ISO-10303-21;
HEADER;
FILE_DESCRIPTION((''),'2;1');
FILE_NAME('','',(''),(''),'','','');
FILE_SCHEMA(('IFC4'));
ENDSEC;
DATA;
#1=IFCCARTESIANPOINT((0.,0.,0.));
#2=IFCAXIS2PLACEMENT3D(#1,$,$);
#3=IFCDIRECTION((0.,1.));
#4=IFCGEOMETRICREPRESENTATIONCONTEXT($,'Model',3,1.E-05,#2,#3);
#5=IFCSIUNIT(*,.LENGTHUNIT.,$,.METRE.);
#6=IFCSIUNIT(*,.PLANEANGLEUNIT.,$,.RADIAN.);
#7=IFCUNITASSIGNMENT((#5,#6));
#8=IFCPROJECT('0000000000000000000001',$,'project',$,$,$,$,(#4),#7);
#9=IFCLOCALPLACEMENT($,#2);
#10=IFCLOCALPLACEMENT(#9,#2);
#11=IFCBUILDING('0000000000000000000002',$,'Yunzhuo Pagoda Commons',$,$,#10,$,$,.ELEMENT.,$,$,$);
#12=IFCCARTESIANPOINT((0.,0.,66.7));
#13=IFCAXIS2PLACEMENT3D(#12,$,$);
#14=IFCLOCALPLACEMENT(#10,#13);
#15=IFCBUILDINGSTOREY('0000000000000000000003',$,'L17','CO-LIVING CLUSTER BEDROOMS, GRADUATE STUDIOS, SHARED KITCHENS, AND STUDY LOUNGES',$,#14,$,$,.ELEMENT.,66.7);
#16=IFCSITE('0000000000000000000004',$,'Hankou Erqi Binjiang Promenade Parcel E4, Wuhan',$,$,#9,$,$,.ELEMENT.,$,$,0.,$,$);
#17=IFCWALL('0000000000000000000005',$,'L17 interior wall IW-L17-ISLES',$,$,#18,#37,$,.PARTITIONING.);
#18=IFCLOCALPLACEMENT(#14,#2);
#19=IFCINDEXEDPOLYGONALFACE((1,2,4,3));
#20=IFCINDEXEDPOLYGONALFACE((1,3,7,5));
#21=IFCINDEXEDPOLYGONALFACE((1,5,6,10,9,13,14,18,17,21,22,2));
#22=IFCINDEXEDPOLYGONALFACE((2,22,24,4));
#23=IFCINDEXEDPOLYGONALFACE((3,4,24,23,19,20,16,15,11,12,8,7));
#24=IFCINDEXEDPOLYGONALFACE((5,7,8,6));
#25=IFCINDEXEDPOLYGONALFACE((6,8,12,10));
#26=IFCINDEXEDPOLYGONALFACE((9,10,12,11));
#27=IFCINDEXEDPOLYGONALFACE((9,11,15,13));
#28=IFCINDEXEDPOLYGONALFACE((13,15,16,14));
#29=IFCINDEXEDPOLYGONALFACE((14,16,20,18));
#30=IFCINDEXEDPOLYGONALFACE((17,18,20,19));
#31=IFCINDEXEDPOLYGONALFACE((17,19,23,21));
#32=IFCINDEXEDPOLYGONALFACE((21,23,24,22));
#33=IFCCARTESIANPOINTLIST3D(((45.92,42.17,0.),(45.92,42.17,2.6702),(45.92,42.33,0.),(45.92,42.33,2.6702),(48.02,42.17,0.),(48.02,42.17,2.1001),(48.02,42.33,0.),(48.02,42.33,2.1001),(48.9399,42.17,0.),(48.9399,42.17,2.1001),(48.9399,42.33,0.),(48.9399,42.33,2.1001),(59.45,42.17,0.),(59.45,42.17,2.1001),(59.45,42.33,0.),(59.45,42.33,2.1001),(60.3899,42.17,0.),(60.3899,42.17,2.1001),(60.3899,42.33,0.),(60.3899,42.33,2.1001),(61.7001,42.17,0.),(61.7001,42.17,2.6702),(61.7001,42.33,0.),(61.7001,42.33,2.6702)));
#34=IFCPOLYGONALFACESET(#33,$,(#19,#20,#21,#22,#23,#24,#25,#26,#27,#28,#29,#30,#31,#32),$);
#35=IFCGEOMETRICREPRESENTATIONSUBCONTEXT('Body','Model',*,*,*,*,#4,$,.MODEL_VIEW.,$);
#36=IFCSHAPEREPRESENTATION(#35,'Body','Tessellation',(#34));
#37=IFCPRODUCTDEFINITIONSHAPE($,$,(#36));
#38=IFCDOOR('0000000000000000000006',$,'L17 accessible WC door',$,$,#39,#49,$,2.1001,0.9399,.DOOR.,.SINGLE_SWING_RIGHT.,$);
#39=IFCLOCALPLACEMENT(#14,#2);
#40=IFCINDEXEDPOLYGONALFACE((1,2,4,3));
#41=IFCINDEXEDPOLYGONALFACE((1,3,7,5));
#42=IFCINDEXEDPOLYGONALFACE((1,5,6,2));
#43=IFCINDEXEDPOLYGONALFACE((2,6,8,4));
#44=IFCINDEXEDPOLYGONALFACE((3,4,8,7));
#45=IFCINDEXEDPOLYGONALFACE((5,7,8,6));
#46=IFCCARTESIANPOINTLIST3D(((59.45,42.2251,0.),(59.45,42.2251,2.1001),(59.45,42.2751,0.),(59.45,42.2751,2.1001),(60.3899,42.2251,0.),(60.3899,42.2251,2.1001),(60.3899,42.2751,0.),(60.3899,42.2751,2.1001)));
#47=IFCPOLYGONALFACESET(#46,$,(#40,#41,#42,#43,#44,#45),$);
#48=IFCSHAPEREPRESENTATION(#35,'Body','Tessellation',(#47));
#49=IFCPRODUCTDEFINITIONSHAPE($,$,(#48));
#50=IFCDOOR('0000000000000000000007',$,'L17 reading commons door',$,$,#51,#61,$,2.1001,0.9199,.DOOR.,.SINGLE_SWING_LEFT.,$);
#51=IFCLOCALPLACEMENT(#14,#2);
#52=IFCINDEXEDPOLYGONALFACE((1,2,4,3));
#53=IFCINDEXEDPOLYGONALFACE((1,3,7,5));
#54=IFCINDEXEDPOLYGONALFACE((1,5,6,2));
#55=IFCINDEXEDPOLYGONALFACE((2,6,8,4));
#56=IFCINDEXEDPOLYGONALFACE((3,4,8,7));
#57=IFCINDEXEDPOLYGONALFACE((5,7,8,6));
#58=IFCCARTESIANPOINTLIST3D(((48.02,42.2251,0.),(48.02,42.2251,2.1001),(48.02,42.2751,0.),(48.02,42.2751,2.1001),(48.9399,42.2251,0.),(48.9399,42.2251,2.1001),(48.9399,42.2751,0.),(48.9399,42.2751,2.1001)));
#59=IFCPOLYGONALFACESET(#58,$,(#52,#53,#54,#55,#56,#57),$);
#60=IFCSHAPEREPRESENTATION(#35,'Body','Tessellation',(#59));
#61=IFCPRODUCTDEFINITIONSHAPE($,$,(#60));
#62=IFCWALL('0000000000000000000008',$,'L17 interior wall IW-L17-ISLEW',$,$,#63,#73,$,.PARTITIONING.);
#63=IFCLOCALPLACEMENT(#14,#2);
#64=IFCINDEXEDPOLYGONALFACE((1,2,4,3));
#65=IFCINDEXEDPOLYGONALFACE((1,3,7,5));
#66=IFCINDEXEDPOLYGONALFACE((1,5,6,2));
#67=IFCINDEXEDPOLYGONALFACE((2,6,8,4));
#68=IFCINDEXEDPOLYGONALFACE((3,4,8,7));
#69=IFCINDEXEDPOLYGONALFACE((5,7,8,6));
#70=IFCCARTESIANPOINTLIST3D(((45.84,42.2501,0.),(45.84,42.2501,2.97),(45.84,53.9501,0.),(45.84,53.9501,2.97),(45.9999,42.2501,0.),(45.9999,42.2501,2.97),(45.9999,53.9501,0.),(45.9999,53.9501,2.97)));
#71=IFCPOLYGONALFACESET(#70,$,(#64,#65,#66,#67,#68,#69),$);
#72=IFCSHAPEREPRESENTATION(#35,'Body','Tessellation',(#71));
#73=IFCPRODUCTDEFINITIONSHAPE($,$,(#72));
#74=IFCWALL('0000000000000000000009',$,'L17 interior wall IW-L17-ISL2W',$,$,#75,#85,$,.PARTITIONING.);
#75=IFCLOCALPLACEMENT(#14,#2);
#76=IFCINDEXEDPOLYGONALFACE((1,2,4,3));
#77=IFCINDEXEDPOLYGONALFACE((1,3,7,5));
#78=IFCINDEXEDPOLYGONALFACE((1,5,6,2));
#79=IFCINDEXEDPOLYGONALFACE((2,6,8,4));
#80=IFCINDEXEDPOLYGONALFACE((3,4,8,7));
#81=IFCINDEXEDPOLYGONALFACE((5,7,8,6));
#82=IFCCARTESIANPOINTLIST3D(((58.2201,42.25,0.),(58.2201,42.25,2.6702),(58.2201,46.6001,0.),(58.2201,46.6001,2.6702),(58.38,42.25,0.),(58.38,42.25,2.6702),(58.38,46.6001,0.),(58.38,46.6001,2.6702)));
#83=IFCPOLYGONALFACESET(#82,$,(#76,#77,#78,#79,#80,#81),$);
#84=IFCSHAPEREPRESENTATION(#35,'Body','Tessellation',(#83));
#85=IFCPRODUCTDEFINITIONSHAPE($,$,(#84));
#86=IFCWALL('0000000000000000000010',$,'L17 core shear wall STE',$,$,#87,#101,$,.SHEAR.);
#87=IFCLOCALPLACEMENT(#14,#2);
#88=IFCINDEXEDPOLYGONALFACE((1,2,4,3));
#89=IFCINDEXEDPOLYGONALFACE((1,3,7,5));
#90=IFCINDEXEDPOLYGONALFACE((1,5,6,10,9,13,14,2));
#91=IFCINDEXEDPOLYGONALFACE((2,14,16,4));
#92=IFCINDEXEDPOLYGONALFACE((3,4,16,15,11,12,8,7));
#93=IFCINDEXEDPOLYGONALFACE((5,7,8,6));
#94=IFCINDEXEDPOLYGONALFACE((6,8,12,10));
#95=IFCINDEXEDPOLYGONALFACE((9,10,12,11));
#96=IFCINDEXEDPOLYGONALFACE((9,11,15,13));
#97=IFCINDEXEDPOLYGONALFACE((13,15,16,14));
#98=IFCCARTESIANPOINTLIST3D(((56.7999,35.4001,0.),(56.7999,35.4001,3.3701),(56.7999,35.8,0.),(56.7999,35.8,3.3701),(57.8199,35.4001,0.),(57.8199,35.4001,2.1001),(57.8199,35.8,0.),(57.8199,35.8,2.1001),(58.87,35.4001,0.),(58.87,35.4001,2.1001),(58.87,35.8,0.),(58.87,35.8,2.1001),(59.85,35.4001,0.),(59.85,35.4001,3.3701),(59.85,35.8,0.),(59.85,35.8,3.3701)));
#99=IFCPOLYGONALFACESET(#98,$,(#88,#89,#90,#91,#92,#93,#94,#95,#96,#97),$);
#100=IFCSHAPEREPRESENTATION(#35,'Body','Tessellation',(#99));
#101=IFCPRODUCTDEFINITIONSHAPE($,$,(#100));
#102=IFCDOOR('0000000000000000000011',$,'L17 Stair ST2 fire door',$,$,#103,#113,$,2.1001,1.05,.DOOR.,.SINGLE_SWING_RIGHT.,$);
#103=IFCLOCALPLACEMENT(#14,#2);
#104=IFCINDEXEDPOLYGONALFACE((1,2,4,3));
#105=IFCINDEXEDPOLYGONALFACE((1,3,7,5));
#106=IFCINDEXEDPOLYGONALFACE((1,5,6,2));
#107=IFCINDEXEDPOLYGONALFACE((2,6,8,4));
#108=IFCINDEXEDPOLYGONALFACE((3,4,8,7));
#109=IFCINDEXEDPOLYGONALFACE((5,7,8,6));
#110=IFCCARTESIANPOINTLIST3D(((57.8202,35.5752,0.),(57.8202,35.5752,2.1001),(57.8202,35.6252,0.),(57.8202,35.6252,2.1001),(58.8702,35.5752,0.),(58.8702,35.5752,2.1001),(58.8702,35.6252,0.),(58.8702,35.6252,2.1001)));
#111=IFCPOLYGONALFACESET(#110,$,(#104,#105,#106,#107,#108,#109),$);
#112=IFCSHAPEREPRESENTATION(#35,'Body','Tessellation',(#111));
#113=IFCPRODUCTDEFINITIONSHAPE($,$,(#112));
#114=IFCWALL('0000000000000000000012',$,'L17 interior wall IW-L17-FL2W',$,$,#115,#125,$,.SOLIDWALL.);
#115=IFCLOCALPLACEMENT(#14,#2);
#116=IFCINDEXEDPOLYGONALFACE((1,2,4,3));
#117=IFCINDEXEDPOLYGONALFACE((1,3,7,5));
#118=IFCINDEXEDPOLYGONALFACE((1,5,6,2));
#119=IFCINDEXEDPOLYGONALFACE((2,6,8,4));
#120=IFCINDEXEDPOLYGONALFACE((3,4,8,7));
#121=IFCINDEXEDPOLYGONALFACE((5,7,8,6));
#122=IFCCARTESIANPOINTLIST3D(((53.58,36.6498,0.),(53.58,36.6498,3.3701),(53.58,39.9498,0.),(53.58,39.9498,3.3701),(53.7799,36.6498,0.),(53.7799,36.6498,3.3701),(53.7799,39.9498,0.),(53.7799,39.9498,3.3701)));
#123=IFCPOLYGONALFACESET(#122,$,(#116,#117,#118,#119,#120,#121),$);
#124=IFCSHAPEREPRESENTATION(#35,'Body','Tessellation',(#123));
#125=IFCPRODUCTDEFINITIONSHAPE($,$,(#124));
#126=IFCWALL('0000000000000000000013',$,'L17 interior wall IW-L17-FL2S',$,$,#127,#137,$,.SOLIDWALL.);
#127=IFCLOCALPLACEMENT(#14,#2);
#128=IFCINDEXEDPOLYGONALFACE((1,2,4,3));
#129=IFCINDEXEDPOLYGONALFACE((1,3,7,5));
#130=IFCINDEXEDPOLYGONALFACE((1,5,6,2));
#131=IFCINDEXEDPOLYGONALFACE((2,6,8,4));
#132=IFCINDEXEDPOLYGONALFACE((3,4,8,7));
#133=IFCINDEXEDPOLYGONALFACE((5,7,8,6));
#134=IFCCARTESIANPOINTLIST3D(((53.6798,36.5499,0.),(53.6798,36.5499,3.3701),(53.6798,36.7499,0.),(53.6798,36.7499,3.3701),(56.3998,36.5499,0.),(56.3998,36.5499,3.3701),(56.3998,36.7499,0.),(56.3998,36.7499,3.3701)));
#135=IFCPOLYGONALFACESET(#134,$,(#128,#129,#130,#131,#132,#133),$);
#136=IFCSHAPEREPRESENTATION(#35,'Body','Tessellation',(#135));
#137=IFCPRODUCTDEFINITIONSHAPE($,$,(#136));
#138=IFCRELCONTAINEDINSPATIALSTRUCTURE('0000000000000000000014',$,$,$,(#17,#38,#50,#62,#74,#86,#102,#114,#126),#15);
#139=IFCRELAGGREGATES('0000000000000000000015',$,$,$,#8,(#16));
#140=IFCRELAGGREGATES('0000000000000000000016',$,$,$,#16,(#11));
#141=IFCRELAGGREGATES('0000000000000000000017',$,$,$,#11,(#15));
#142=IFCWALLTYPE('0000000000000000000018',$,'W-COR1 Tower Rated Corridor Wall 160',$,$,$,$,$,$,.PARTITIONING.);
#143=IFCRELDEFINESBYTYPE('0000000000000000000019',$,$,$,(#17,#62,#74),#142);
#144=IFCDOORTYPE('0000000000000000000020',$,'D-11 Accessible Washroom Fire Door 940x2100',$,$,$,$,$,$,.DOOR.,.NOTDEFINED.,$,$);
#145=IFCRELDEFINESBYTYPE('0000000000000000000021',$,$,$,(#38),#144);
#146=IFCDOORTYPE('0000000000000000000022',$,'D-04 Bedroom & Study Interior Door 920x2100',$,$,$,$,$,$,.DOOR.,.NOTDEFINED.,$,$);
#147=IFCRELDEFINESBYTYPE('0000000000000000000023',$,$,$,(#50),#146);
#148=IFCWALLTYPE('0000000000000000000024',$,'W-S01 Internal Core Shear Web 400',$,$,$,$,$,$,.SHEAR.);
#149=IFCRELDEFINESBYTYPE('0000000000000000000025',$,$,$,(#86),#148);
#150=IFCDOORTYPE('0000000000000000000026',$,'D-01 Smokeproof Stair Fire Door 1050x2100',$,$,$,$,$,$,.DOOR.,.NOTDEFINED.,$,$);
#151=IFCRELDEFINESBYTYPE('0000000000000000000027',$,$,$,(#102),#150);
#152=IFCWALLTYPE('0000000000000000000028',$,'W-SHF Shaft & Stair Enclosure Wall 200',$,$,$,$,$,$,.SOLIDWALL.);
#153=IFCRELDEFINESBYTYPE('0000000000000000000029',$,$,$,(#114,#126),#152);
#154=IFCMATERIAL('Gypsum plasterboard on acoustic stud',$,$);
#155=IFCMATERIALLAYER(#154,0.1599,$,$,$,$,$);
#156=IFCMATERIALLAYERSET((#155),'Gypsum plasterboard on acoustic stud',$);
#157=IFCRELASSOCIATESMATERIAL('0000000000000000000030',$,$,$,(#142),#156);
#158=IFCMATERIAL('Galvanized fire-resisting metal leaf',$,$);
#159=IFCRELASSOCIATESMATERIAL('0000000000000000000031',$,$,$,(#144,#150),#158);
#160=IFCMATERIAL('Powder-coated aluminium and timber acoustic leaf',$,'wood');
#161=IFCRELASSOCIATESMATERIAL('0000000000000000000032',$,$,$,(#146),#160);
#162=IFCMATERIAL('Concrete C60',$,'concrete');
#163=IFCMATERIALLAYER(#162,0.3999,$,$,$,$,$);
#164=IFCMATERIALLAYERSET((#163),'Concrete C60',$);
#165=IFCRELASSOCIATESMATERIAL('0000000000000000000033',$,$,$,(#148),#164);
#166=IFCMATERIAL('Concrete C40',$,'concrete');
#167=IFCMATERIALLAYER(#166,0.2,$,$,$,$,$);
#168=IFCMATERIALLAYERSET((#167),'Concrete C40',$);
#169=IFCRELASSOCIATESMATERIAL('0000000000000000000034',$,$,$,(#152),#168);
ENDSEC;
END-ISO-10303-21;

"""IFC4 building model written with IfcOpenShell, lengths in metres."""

from ifc_helpers import new_model, si_unit, direction, frame, frame_2d, origin, place, context, subcontext, project, spatial, rectangle, extrude, source, transform, mapped, material, layer, layer_set, type_object, element, fill, save


model = new_model("IFC4")

# Units and contexts
model_context = context("Model", 3, precision=1e-05, world=origin(), true_north=direction((0.0, 1.0)))
body_context = subcontext(model_context, "Body", "Model", "MODEL_VIEW")
ifc_project = project(units=[si_unit("LENGTHUNIT", "METRE"), si_unit("PLANEANGLEUNIT", "RADIAN")], contexts=[model_context])

# Site, building, storey
site_placement = place(None, origin())
site = spatial("IfcSite", under=ifc_project, at=site_placement, Name="Hankou Erqi Binjiang Promenade Parcel E4, Wuhan", CompositionType="ELEMENT", RefElevation=0.0)
building_placement = place(site_placement, origin())
building = spatial("IfcBuilding", under=site, at=building_placement, Name="Yunzhuo Pagoda Commons", CompositionType="ELEMENT")
storey_placement = place(building_placement, frame((0.0, 0.0, 66.7)))
storey = spatial("IfcBuildingStorey", under=building, at=storey_placement, Name="L17", Description="CO-LIVING CLUSTER BEDROOMS, GRADUATE STUDIOS, SHARED KITCHENS, AND STUDY LOUNGES", CompositionType="ELEMENT", Elevation=66.7)

# Shared definitions
ifc_material_1 = material(Name="Concrete C60", Category="concrete")
ifc_material_2 = material(Name="Galvanized fire-resisting metal leaf")
shared_shape_1 = source(origin(), body_context, "Body", "SweptSolid", [
    extrude(rectangle(XDim=1.05, YDim=2.1001, at=frame_2d((0.5249, 1.05))), frame((0.0, 0.0249, 0.0), z_axis=(0.0, -1.0, 0.0), x_axis=(1.0, 0.0, 0.0)), (0.0, 0.0, 1.0), 0.05),
])

# Wall, openings, doors
ifc_material_3 = material(Name="Gypsum plasterboard on acoustic stud")
ifc_layer_1 = layer(ifc_material_3, 0.1599)
ifc_layer_set_1 = layer_set([ifc_layer_1], Name="Gypsum plasterboard on acoustic stud")
wall_type_1 = type_object("IfcWallType", Name="W-COR1 Tower Rated Corridor Wall 160", PredefinedType="PARTITIONING", material=ifc_layer_set_1)
wall_1_placement = place(storey_placement, frame((45.9199, 42.25, 0.0), z_axis=(0.0, 0.0, 1.0), x_axis=(1.0, 0.0, 0.0)))
wall_1 = element("IfcWall", 1, at=wall_1_placement, inside=storey, type_object=wall_type_1, Name="L17 interior wall IW-L17-ISLES", PredefinedType="PARTITIONING", context=body_context, shape_type="SweptSolid", body=[
    extrude(rectangle(XDim=15.78, YDim=0.1599, at=frame_2d((7.8901, 0.0))), origin(), (0.0, 0.0, 1.0), 2.6702),
])
opening_1_placement = place(wall_1_placement, frame((2.1001, 0.0, 0.0)))
opening_1 = element("IfcOpeningElement", 2, at=opening_1_placement, cuts=wall_1, PredefinedType="OPENING", context=body_context, shape_type="SweptSolid", body=[
    extrude(rectangle(XDim=0.9199, YDim=2.1001, at=frame_2d((0.46, 1.05))), frame((0.0, 0.0898, 0.0), z_axis=(0.0, -1.0, 0.0), x_axis=(1.0, 0.0, 0.0)), (0.0, 0.0, 1.0), 0.1799),
])
opening_2_placement = place(wall_1_placement, frame((13.53, 0.0, 0.0)))
opening_2 = element("IfcOpeningElement", 3, at=opening_2_placement, cuts=wall_1, PredefinedType="OPENING", context=body_context, shape_type="SweptSolid", body=[
    extrude(rectangle(XDim=0.9399, YDim=2.1001, at=frame_2d((0.47, 1.05))), frame((0.0, 0.0898, 0.0), z_axis=(0.0, -1.0, 0.0), x_axis=(1.0, 0.0, 0.0)), (0.0, 0.0, 1.0), 0.1799),
])
door_type_1 = type_object("IfcDoorType", Name="D-11 Accessible Washroom Fire Door 940x2100", OperationType="NOTDEFINED", PredefinedType="DOOR", material=ifc_material_2)
shared_shape_2 = source(origin(), body_context, "Body", "SweptSolid", [
    extrude(rectangle(XDim=0.9399, YDim=2.1001, at=frame_2d((0.47, 1.05))), frame((0.0, 0.0249, 0.0), z_axis=(0.0, -1.0, 0.0), x_axis=(1.0, 0.0, 0.0)), (0.0, 0.0, 1.0), 0.05),
])
door_1_placement = place(opening_2_placement, frame((0.9399, 0.0, 0.0), z_axis=(0.0, 0.0, 1.0), x_axis=(-1.0, 0.0, 0.0)))
door_1 = element("IfcDoor", 4, at=door_1_placement, inside=storey, type_object=door_type_1, Name="L17 accessible WC door", OperationType="SINGLE_SWING_RIGHT", OverallHeight=2.1001, OverallWidth=0.9399, PredefinedType="DOOR", context=body_context, shape_type="MappedRepresentation", body=[
    mapped(shared_shape_2, transform((0.0, 0.0, 0.0), scale=1.0)),
])
fill(opening_2, door_1)
ifc_material_4 = material(Name="Powder-coated aluminium and timber acoustic leaf", Category="wood")
door_type_2 = type_object("IfcDoorType", Name="D-04 Bedroom & Study Interior Door 920x2100", OperationType="NOTDEFINED", PredefinedType="DOOR", material=ifc_material_4)
shared_shape_3 = source(origin(), body_context, "Body", "SweptSolid", [
    extrude(rectangle(XDim=0.9199, YDim=2.1001, at=frame_2d((0.46, 1.05))), frame((0.0, 0.0249, 0.0), z_axis=(0.0, -1.0, 0.0), x_axis=(1.0, 0.0, 0.0)), (0.0, 0.0, 1.0), 0.05),
])
door_2_placement = place(opening_1_placement, frame((0.9199, 0.0, 0.0), z_axis=(0.0, 0.0, 1.0), x_axis=(-1.0, 0.0, 0.0)))
door_2 = element("IfcDoor", 5, at=door_2_placement, inside=storey, type_object=door_type_2, Name="L17 reading commons door", OperationType="SINGLE_SWING_LEFT", OverallHeight=2.1001, OverallWidth=0.9199, PredefinedType="DOOR", context=body_context, shape_type="MappedRepresentation", body=[
    mapped(shared_shape_3, transform((0.0, 0.0, 0.0), scale=1.0)),
])
fill(opening_1, door_2)

# Walls
wall_2_placement = place(storey_placement, frame((45.9199, 42.25, 0.0), z_axis=(0.0, 0.0, 1.0), x_axis=(0.0, 1.0, 0.0)))
element("IfcWall", 6, at=wall_2_placement, inside=storey, type_object=wall_type_1, Name="L17 interior wall IW-L17-ISLEW", PredefinedType="PARTITIONING", context=body_context, shape_type="SweptSolid", body=[
    extrude(rectangle(XDim=11.7, YDim=0.1599, at=frame_2d((5.8501, 0.0))), origin(), (0.0, 0.0, 1.0), 2.97),
])
wall_3_placement = place(storey_placement, frame((58.3, 42.25, 0.0), z_axis=(0.0, 0.0, 1.0), x_axis=(0.0, 1.0, 0.0)))
element("IfcWall", 7, at=wall_3_placement, inside=storey, type_object=wall_type_1, Name="L17 interior wall IW-L17-ISL2W", PredefinedType="PARTITIONING", context=body_context, shape_type="SweptSolid", body=[
    extrude(rectangle(XDim=4.3501, YDim=0.1599, at=frame_2d((2.175, 0.0))), origin(), (0.0, 0.0, 1.0), 2.6702),
])

# Wall, opening, door
ifc_layer_2 = layer(ifc_material_1, 0.3999)
ifc_layer_set_2 = layer_set([ifc_layer_2], Name="Concrete C60")
wall_type_2 = type_object("IfcWallType", Name="W-S01 Internal Core Shear Web 400", PredefinedType="SHEAR", material=ifc_layer_set_2)
wall_4_placement = place(storey_placement, frame((56.8, 35.6001, 0.0), z_axis=(0.0, 0.0, 1.0), x_axis=(1.0, 0.0, 0.0)))
wall_4 = element("IfcWall", 8, at=wall_4_placement, inside=storey, type_object=wall_type_2, Name="L17 core shear wall STE", PredefinedType="SHEAR", context=body_context, shape_type="SweptSolid", body=[
    extrude(rectangle(XDim=3.05, YDim=0.3999, at=frame_2d((1.5249, 0.0))), origin(), (0.0, 0.0, 1.0), 3.3701),
])
opening_3_placement = place(wall_4_placement, frame((1.02, 0.0, 0.0)))
opening_3 = element("IfcOpeningElement", 9, at=opening_3_placement, cuts=wall_4, PredefinedType="OPENING", context=body_context, shape_type="SweptSolid", body=[
    extrude(rectangle(XDim=1.05, YDim=2.1001, at=frame_2d((0.5249, 1.05))), frame((0.0, 0.21, 0.0), z_axis=(0.0, -1.0, 0.0), x_axis=(1.0, 0.0, 0.0)), (0.0, 0.0, 1.0), 0.4199),
])
door_type_3 = type_object("IfcDoorType", Name="D-01 Smokeproof Stair Fire Door 1050x2100", OperationType="NOTDEFINED", PredefinedType="DOOR", material=ifc_material_2)
door_3_placement = place(opening_3_placement, frame((1.05, 0.0, 0.0), z_axis=(0.0, 0.0, 1.0), x_axis=(-1.0, 0.0, 0.0)))
door_3 = element("IfcDoor", 10, at=door_3_placement, inside=storey, type_object=door_type_3, Name="L17 Stair ST2 fire door", OperationType="SINGLE_SWING_RIGHT", OverallHeight=2.1001, OverallWidth=1.05, PredefinedType="DOOR", context=body_context, shape_type="MappedRepresentation", body=[
    mapped(shared_shape_1, transform((0.0, 0.0, 0.0), scale=1.0)),
])
fill(opening_3, door_3)

# Walls
ifc_material_5 = material(Name="Concrete C40", Category="concrete")
ifc_layer_3 = layer(ifc_material_5, 0.2)
ifc_layer_set_3 = layer_set([ifc_layer_3], Name="Concrete C40")
wall_type_3 = type_object("IfcWallType", Name="W-SHF Shaft & Stair Enclosure Wall 200", PredefinedType="SOLIDWALL", material=ifc_layer_set_3)
wall_5_placement = place(storey_placement, frame((53.6799, 36.6499, 0.0), z_axis=(0.0, 0.0, 1.0), x_axis=(0.0, 1.0, 0.0)))
element("IfcWall", 11, at=wall_5_placement, inside=storey, type_object=wall_type_3, Name="L17 interior wall IW-L17-FL2W", PredefinedType="SOLIDWALL", context=body_context, shape_type="SweptSolid", body=[
    extrude(rectangle(XDim=3.3, YDim=0.2, at=frame_2d((1.6499, 0.0))), origin(), (0.0, 0.0, 1.0), 3.3701),
])
wall_6_placement = place(storey_placement, frame((53.6799, 36.6499, 0.0), z_axis=(0.0, 0.0, 1.0), x_axis=(1.0, 0.0, 0.0)))
element("IfcWall", 12, at=wall_6_placement, inside=storey, type_object=wall_type_3, Name="L17 interior wall IW-L17-FL2S", PredefinedType="SOLIDWALL", context=body_context, shape_type="SweptSolid", body=[
    extrude(rectangle(XDim=2.72, YDim=0.2, at=frame_2d((1.3599, 0.0))), origin(), (0.0, 0.0, 1.0), 3.3701),
])

save(model, "model.ifc")
